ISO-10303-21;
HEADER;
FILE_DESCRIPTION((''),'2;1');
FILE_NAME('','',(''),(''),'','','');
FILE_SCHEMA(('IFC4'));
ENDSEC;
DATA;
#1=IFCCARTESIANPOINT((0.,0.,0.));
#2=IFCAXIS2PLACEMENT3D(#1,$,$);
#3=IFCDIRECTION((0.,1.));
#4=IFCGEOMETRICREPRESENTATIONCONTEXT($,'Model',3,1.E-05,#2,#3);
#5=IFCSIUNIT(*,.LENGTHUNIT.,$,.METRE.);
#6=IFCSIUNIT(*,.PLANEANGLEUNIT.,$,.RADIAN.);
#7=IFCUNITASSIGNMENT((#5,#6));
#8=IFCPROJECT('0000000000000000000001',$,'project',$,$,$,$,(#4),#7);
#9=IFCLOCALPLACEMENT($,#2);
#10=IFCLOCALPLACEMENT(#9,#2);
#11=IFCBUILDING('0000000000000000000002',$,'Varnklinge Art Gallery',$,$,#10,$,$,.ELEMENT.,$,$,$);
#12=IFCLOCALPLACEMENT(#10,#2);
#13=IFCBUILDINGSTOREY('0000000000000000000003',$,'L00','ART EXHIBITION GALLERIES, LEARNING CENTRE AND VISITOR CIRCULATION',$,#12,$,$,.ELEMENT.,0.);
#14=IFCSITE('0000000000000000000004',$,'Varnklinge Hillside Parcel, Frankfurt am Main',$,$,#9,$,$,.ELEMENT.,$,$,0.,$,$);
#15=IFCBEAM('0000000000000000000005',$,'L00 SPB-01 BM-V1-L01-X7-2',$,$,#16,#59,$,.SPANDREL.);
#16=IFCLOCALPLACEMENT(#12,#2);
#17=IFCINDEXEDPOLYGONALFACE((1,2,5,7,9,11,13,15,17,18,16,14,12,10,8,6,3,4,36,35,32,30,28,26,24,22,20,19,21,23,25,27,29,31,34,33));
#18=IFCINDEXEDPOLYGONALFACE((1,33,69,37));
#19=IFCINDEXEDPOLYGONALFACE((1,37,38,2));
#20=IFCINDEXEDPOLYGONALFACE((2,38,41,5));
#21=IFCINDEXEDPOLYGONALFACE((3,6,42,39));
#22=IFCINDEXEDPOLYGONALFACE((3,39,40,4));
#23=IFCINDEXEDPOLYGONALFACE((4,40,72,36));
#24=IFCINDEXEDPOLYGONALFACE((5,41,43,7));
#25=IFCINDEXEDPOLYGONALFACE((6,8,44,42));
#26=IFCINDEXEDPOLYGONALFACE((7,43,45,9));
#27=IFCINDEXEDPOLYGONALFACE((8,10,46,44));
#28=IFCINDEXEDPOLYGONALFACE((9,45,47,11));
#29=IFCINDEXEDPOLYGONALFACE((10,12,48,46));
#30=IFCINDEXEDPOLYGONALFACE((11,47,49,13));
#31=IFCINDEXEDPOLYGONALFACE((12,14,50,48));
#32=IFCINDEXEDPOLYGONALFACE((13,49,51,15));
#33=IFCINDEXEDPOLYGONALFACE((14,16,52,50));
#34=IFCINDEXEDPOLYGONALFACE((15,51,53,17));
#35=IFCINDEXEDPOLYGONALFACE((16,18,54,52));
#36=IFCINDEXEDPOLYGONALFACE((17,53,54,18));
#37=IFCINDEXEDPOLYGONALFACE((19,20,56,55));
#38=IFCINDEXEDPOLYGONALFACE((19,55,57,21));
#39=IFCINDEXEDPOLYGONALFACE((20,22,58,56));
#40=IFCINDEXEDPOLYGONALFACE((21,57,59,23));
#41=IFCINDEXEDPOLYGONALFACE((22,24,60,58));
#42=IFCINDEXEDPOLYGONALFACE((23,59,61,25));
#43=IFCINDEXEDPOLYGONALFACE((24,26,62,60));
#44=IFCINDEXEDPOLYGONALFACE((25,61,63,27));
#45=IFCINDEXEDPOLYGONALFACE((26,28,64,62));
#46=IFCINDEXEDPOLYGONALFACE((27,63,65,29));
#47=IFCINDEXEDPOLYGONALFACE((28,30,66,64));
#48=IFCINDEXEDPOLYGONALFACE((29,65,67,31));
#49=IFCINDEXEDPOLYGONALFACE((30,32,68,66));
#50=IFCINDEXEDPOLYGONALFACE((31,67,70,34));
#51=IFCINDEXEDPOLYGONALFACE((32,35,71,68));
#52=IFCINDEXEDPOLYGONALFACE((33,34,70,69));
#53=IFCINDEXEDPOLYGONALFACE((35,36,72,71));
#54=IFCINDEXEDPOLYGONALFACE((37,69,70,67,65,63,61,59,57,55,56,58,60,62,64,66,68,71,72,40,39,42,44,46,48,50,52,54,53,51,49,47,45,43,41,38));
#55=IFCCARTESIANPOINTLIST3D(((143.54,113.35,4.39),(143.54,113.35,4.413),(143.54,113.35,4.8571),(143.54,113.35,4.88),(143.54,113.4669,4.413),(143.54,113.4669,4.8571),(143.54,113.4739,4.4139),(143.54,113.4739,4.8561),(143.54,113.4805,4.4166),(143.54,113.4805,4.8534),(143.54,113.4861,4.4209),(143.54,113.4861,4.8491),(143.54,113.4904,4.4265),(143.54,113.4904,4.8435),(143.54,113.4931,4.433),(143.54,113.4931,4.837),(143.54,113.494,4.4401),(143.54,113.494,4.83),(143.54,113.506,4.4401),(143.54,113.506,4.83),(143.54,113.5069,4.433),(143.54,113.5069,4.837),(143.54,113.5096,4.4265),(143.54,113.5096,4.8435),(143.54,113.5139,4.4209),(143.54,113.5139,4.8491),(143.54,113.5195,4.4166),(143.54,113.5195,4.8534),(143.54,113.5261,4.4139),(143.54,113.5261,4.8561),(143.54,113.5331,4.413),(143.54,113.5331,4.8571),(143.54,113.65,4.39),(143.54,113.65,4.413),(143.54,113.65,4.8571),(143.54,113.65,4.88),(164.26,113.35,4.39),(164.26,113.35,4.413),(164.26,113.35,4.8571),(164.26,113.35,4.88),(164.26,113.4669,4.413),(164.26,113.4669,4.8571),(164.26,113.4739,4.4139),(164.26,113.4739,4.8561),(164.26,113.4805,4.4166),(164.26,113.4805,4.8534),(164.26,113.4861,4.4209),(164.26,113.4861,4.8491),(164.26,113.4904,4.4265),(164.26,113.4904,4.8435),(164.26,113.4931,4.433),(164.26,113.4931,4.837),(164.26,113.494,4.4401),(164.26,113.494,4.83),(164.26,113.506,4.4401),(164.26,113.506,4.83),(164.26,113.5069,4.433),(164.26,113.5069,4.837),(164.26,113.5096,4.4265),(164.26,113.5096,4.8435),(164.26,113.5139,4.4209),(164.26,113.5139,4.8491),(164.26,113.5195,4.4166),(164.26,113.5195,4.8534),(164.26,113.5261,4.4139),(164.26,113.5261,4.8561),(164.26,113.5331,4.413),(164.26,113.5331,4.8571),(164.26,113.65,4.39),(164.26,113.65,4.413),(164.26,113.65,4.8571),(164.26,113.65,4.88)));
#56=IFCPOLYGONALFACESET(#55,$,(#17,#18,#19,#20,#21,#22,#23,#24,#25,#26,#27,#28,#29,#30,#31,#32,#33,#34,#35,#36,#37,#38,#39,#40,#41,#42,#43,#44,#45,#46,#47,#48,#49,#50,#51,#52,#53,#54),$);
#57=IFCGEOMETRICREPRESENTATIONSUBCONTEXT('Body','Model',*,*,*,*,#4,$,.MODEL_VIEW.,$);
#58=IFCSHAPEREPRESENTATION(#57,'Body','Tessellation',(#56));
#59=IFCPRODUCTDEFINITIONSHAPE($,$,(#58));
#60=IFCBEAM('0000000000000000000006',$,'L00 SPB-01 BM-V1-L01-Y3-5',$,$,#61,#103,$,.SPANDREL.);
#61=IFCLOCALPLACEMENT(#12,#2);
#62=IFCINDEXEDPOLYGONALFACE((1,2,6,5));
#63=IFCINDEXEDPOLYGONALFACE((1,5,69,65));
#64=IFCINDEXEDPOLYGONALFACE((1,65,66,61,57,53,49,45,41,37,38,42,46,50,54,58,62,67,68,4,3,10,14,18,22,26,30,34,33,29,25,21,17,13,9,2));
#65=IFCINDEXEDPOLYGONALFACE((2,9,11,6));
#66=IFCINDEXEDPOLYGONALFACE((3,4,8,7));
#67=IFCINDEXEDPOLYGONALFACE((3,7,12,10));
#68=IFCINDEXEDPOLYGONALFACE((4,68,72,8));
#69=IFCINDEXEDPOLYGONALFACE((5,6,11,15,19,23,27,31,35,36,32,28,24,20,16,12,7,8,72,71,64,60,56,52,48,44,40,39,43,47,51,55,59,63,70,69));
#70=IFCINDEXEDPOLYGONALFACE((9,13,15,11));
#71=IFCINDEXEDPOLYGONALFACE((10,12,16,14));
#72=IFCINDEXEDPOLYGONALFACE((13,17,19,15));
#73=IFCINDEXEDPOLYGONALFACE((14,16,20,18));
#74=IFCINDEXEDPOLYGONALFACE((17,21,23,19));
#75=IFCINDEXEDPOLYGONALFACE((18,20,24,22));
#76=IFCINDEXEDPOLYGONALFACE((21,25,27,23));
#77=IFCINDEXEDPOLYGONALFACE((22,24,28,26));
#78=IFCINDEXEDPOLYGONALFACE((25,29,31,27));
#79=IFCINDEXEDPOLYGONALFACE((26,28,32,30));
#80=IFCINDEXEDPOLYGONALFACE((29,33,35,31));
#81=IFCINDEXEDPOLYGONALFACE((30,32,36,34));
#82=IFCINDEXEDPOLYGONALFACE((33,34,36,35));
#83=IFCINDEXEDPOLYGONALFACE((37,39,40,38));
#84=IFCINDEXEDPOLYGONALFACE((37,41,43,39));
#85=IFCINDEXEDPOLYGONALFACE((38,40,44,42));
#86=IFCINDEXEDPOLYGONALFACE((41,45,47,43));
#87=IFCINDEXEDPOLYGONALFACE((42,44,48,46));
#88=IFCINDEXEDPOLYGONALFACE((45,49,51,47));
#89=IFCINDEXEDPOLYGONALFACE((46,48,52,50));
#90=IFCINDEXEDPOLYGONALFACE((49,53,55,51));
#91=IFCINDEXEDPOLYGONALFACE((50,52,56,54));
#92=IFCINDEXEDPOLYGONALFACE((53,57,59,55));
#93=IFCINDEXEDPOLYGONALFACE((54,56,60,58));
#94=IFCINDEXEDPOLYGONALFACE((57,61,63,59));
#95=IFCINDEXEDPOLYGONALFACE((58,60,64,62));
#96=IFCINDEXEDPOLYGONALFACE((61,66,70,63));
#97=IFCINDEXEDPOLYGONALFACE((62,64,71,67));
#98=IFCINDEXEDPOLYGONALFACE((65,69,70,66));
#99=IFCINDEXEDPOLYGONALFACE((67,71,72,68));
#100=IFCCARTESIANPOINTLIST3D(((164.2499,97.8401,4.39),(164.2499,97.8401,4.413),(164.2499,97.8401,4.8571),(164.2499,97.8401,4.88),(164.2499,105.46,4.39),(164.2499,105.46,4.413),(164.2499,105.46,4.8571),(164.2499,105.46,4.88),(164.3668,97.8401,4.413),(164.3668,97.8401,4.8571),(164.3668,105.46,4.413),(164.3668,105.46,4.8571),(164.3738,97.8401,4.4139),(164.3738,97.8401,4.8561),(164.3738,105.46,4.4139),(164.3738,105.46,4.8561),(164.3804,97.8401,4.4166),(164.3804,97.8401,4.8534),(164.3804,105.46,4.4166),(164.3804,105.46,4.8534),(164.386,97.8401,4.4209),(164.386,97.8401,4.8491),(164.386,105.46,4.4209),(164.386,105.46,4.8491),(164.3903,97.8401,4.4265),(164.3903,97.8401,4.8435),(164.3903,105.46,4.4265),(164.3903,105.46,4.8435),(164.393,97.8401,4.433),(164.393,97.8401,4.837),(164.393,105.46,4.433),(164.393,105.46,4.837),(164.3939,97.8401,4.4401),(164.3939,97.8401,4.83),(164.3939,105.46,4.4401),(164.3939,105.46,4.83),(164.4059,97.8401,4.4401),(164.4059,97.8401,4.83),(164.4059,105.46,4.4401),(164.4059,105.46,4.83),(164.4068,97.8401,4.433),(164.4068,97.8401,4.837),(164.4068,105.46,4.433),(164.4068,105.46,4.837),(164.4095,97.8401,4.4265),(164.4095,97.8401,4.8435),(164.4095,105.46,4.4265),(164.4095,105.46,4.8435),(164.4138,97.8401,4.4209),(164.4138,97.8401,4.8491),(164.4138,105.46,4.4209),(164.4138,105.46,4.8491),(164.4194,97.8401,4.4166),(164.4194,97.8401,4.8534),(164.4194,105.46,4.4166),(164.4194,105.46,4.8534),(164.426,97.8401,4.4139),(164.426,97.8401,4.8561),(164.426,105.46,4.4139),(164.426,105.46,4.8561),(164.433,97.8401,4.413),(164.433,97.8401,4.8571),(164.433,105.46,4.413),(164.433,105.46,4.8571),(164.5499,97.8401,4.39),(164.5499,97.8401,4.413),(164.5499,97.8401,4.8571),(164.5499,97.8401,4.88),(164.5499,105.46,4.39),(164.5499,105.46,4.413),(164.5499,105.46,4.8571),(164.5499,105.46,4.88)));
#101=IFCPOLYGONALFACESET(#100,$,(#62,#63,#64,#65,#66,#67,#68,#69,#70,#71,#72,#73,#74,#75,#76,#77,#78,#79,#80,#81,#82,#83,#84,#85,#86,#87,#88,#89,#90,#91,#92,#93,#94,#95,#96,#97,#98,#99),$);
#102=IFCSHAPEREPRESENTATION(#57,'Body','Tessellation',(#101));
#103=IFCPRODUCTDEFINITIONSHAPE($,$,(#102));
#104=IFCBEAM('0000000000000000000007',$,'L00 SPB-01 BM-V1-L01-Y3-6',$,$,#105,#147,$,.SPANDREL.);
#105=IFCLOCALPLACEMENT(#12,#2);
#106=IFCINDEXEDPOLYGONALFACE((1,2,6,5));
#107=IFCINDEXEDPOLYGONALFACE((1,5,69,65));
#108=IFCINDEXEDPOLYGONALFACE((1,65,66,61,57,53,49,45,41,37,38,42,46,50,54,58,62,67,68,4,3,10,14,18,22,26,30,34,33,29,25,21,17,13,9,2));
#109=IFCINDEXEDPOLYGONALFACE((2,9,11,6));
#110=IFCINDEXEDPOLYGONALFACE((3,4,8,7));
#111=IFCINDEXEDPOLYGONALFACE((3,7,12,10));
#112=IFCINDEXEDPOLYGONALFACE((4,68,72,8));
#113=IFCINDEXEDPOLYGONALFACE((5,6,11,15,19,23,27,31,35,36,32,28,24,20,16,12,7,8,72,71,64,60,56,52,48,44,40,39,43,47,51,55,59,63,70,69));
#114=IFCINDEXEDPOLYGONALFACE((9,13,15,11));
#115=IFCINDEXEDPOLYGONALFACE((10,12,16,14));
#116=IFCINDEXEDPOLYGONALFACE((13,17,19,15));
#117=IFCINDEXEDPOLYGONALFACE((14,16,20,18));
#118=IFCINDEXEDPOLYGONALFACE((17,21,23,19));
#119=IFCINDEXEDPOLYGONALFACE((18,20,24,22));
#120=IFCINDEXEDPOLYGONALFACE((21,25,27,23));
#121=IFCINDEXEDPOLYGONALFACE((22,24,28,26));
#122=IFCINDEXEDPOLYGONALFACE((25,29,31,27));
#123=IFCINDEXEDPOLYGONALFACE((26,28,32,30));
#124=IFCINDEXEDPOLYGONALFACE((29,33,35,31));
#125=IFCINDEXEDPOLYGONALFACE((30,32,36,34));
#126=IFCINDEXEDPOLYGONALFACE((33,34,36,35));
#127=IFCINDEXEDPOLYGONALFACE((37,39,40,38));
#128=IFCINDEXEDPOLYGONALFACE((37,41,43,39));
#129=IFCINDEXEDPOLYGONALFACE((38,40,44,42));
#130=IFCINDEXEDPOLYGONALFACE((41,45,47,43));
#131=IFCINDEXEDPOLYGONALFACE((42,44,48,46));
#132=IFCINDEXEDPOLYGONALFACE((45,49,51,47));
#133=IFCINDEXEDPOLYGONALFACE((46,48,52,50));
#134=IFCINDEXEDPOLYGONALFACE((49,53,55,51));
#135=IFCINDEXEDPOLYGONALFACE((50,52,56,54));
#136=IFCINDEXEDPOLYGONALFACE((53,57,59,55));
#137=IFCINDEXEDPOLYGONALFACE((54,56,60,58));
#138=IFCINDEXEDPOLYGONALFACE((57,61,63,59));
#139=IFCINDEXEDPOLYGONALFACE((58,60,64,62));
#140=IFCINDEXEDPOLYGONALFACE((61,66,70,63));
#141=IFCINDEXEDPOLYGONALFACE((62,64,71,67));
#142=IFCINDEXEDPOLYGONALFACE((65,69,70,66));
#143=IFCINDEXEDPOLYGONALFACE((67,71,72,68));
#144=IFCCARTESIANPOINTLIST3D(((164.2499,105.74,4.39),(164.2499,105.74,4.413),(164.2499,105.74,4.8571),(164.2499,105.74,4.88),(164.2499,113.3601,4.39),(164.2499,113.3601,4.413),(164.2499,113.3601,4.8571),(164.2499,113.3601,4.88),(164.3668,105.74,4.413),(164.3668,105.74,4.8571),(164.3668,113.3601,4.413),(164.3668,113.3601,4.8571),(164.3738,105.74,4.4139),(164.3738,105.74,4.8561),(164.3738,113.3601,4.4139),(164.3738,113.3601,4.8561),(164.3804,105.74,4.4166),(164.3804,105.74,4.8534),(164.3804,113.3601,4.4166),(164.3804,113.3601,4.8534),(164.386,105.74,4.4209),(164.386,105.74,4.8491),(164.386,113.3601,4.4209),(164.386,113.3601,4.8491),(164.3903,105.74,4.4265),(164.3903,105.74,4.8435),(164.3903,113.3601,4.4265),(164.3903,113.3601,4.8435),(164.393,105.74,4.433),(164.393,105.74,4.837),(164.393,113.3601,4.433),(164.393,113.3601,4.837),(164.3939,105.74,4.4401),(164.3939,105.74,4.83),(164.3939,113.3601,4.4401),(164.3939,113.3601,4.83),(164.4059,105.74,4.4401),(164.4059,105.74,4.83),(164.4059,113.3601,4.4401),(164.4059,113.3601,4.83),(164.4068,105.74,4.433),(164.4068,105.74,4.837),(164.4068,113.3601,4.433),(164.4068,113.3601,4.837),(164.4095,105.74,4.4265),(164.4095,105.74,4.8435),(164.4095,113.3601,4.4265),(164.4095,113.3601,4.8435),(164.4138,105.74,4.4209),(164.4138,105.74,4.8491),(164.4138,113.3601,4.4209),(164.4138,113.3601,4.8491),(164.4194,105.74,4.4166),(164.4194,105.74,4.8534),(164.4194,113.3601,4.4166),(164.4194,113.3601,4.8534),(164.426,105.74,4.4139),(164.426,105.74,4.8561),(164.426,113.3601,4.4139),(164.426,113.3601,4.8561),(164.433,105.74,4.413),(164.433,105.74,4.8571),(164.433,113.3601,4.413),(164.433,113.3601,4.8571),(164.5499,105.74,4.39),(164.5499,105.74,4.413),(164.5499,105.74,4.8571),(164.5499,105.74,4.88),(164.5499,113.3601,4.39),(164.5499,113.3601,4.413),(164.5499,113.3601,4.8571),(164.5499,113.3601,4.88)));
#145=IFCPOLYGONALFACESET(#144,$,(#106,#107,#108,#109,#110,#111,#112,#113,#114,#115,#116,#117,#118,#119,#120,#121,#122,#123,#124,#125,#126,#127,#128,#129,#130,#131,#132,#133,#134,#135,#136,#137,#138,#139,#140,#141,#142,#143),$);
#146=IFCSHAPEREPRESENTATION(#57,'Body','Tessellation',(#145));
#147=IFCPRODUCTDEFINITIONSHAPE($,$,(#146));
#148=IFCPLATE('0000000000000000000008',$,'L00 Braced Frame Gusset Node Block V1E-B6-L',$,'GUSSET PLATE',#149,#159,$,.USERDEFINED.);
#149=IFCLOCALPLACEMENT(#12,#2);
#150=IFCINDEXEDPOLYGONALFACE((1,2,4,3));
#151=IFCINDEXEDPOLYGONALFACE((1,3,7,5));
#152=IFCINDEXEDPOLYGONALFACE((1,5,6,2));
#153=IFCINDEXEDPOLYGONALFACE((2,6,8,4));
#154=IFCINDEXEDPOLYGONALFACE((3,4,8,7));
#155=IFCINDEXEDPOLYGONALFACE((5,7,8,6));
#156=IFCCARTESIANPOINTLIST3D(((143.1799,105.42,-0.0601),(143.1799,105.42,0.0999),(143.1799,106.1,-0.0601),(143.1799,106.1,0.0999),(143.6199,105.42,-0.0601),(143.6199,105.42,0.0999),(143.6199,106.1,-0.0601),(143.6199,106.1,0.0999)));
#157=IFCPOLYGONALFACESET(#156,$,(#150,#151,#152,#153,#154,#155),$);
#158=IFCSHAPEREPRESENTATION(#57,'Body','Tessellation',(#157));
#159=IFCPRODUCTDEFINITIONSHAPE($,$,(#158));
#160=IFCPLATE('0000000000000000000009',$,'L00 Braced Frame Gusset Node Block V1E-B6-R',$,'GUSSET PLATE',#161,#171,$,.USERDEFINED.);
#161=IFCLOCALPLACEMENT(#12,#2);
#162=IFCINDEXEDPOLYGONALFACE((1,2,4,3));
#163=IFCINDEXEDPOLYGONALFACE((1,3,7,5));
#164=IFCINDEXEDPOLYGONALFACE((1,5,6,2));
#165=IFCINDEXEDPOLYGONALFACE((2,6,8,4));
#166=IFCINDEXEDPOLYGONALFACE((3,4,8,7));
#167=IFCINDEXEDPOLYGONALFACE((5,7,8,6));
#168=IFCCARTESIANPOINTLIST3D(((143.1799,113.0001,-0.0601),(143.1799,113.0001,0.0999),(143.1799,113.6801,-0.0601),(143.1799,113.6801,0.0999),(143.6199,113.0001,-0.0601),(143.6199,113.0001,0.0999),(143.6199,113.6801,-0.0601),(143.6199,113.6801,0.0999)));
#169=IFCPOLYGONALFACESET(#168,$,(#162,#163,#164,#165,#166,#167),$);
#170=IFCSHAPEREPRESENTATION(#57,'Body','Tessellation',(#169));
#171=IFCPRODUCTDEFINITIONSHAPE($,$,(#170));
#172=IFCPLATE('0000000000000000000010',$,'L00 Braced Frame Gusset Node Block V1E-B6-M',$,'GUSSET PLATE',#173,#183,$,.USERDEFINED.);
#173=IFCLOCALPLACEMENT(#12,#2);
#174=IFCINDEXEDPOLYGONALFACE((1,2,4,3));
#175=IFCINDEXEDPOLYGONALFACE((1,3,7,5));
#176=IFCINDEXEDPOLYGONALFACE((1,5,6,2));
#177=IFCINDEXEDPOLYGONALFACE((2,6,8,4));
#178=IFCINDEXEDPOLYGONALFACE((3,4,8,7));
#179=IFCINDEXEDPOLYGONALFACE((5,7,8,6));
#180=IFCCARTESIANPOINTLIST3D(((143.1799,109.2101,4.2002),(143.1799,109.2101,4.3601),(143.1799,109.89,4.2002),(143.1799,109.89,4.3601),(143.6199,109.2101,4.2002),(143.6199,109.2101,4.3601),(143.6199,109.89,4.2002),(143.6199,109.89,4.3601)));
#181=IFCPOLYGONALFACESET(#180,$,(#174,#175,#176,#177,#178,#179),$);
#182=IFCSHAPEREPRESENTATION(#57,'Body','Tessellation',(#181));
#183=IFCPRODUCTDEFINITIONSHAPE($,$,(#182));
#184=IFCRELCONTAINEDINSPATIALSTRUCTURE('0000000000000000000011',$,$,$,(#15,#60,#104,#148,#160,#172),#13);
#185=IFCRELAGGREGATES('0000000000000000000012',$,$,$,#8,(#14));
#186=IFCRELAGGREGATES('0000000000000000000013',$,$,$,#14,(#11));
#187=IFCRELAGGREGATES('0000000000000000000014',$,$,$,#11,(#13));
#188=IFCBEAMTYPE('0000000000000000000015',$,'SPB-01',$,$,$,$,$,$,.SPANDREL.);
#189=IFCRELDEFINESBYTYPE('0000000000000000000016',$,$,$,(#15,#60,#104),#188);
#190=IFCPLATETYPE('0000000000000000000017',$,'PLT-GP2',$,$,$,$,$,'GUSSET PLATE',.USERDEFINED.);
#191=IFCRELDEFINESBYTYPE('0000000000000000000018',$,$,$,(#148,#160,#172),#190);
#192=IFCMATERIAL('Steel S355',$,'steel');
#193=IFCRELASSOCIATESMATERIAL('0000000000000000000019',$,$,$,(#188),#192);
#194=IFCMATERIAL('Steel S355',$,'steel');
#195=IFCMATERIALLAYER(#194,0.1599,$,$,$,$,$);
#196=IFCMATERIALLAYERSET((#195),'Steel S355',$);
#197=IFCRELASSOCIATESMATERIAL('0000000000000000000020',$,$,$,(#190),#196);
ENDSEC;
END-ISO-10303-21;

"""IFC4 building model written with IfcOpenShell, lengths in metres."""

from ifc_helpers import new_model, si_unit, direction, frame, origin, origin_2d, place, context, subcontext, project, spatial, rectangle, i_section, extrude, material, layer, layer_set, material_profile, profile_set, type_object, element, save


model = new_model("IFC4")

# Units and contexts
model_context = context("Model", 3, precision=1e-05, world=origin(), true_north=direction((0.0, 1.0)))
body_context = subcontext(model_context, "Body", "Model", "MODEL_VIEW")
ifc_project = project(units=[si_unit("LENGTHUNIT", "METRE"), si_unit("PLANEANGLEUNIT", "RADIAN")], contexts=[model_context])

# Site, building, storey
site_placement = place(None, origin())
site = spatial("IfcSite", under=ifc_project, at=site_placement, Name="Varnklinge Hillside Parcel, Frankfurt am Main", CompositionType="ELEMENT", RefElevation=0.0)
building_placement = place(site_placement, origin())
building = spatial("IfcBuilding", under=site, at=building_placement, Name="Varnklinge Art Gallery", CompositionType="ELEMENT")
storey_placement = place(building_placement, origin())
storey = spatial("IfcBuildingStorey", under=building, at=storey_placement, Name="L00", Description="ART EXHIBITION GALLERIES, LEARNING CENTRE AND VISITOR CIRCULATION", CompositionType="ELEMENT", Elevation=0.0)

# Beams
ifc_material_1 = material(Name="Steel S355", Category="steel")
ifc_material_profile_1 = material_profile(ifc_material_1, i_section(OverallWidth=0.3, OverallDepth=0.49, WebThickness=0.012, FlangeThickness=0.0229, FilletRadius=0.0271, at=origin_2d()), Name="HEA 500")
ifc_profile_set_1 = profile_set([ifc_material_profile_1], Name="Steel S355")
beam_type_1 = type_object("IfcBeamType", Name="SPB-01", PredefinedType="SPANDREL", material=ifc_profile_set_1)
beam_1_placement = place(storey_placement, frame((143.54, 113.5, 4.635), z_axis=(1.0, 0.0, 0.0), x_axis=(0.0, 1.0, 0.0)))
element("IfcBeam", 1, at=beam_1_placement, inside=storey, type_object=beam_type_1, Name="L00 SPB-01 BM-V1-L01-X7-2", PredefinedType="SPANDREL", context=body_context, shape_type="SweptSolid", body=[
    extrude(i_section(OverallWidth=0.3, OverallDepth=0.49, WebThickness=0.012, FlangeThickness=0.0229, FilletRadius=0.0271, at=origin_2d()), origin(), (0.0, 0.0, 1.0), 20.72),
])
beam_2_placement = place(storey_placement, frame((164.3999, 97.8401, 4.635), z_axis=(0.0, 1.0, 0.0), x_axis=(-1.0, 0.0, 0.0)))
element("IfcBeam", 2, at=beam_2_placement, inside=storey, type_object=beam_type_1, Name="L00 SPB-01 BM-V1-L01-Y3-5", PredefinedType="SPANDREL", context=body_context, shape_type="SweptSolid", body=[
    extrude(i_section(OverallWidth=0.3, OverallDepth=0.49, WebThickness=0.012, FlangeThickness=0.0229, FilletRadius=0.0271, at=origin_2d()), origin(), (0.0, 0.0, 1.0), 7.6199),
])
beam_3_placement = place(storey_placement, frame((164.3999, 105.74, 4.635), z_axis=(0.0, 1.0, 0.0), x_axis=(-1.0, 0.0, 0.0)))
element("IfcBeam", 3, at=beam_3_placement, inside=storey, type_object=beam_type_1, Name="L00 SPB-01 BM-V1-L01-Y3-6", PredefinedType="SPANDREL", context=body_context, shape_type="SweptSolid", body=[
    extrude(i_section(OverallWidth=0.3, OverallDepth=0.49, WebThickness=0.012, FlangeThickness=0.0229, FilletRadius=0.0271, at=origin_2d()), origin(), (0.0, 0.0, 1.0), 7.6201),
])

# Plates
ifc_material_2 = material(Name="Steel S355", Category="steel")
ifc_layer_1 = layer(ifc_material_2, 0.1599)
ifc_layer_set_1 = layer_set([ifc_layer_1], Name="Steel S355")
plate_type = type_object("IfcPlateType", Name="PLT-GP2", ElementType="GUSSET PLATE", PredefinedType="USERDEFINED", material=ifc_layer_set_1)
for number, where, z_axis, x_axis, name in (
    (4, (143.3999, 105.76, -0.0601), (0.0, 0.0, 1.0), (0.0, 1.0, 0.0), "L00 Braced Frame Gusset Node Block V1E-B6-L"),
    (5, (143.3999, 113.3401, -0.0601), (0.0, 0.0, 1.0), (0.0, 1.0, 0.0), "L00 Braced Frame Gusset Node Block V1E-B6-R"),
    (6, (143.3999, 109.55, 4.2002), (0.0, 0.0, 1.0), (0.0, 1.0, 0.0), "L00 Braced Frame Gusset Node Block V1E-B6-M"),
):
    element("IfcPlate", number, at=place(storey_placement, frame(where, z_axis=z_axis, x_axis=x_axis)), inside=storey, type_object=plate_type, Name=name, ObjectType="GUSSET PLATE", PredefinedType="USERDEFINED", context=body_context, shape_type="SweptSolid", body=[
        extrude(rectangle(XDim=0.6799, YDim=0.4399, at=origin_2d()), origin(), (0.0, 0.0, 1.0), 0.1599),
    ])

save(model, "model.ifc")
